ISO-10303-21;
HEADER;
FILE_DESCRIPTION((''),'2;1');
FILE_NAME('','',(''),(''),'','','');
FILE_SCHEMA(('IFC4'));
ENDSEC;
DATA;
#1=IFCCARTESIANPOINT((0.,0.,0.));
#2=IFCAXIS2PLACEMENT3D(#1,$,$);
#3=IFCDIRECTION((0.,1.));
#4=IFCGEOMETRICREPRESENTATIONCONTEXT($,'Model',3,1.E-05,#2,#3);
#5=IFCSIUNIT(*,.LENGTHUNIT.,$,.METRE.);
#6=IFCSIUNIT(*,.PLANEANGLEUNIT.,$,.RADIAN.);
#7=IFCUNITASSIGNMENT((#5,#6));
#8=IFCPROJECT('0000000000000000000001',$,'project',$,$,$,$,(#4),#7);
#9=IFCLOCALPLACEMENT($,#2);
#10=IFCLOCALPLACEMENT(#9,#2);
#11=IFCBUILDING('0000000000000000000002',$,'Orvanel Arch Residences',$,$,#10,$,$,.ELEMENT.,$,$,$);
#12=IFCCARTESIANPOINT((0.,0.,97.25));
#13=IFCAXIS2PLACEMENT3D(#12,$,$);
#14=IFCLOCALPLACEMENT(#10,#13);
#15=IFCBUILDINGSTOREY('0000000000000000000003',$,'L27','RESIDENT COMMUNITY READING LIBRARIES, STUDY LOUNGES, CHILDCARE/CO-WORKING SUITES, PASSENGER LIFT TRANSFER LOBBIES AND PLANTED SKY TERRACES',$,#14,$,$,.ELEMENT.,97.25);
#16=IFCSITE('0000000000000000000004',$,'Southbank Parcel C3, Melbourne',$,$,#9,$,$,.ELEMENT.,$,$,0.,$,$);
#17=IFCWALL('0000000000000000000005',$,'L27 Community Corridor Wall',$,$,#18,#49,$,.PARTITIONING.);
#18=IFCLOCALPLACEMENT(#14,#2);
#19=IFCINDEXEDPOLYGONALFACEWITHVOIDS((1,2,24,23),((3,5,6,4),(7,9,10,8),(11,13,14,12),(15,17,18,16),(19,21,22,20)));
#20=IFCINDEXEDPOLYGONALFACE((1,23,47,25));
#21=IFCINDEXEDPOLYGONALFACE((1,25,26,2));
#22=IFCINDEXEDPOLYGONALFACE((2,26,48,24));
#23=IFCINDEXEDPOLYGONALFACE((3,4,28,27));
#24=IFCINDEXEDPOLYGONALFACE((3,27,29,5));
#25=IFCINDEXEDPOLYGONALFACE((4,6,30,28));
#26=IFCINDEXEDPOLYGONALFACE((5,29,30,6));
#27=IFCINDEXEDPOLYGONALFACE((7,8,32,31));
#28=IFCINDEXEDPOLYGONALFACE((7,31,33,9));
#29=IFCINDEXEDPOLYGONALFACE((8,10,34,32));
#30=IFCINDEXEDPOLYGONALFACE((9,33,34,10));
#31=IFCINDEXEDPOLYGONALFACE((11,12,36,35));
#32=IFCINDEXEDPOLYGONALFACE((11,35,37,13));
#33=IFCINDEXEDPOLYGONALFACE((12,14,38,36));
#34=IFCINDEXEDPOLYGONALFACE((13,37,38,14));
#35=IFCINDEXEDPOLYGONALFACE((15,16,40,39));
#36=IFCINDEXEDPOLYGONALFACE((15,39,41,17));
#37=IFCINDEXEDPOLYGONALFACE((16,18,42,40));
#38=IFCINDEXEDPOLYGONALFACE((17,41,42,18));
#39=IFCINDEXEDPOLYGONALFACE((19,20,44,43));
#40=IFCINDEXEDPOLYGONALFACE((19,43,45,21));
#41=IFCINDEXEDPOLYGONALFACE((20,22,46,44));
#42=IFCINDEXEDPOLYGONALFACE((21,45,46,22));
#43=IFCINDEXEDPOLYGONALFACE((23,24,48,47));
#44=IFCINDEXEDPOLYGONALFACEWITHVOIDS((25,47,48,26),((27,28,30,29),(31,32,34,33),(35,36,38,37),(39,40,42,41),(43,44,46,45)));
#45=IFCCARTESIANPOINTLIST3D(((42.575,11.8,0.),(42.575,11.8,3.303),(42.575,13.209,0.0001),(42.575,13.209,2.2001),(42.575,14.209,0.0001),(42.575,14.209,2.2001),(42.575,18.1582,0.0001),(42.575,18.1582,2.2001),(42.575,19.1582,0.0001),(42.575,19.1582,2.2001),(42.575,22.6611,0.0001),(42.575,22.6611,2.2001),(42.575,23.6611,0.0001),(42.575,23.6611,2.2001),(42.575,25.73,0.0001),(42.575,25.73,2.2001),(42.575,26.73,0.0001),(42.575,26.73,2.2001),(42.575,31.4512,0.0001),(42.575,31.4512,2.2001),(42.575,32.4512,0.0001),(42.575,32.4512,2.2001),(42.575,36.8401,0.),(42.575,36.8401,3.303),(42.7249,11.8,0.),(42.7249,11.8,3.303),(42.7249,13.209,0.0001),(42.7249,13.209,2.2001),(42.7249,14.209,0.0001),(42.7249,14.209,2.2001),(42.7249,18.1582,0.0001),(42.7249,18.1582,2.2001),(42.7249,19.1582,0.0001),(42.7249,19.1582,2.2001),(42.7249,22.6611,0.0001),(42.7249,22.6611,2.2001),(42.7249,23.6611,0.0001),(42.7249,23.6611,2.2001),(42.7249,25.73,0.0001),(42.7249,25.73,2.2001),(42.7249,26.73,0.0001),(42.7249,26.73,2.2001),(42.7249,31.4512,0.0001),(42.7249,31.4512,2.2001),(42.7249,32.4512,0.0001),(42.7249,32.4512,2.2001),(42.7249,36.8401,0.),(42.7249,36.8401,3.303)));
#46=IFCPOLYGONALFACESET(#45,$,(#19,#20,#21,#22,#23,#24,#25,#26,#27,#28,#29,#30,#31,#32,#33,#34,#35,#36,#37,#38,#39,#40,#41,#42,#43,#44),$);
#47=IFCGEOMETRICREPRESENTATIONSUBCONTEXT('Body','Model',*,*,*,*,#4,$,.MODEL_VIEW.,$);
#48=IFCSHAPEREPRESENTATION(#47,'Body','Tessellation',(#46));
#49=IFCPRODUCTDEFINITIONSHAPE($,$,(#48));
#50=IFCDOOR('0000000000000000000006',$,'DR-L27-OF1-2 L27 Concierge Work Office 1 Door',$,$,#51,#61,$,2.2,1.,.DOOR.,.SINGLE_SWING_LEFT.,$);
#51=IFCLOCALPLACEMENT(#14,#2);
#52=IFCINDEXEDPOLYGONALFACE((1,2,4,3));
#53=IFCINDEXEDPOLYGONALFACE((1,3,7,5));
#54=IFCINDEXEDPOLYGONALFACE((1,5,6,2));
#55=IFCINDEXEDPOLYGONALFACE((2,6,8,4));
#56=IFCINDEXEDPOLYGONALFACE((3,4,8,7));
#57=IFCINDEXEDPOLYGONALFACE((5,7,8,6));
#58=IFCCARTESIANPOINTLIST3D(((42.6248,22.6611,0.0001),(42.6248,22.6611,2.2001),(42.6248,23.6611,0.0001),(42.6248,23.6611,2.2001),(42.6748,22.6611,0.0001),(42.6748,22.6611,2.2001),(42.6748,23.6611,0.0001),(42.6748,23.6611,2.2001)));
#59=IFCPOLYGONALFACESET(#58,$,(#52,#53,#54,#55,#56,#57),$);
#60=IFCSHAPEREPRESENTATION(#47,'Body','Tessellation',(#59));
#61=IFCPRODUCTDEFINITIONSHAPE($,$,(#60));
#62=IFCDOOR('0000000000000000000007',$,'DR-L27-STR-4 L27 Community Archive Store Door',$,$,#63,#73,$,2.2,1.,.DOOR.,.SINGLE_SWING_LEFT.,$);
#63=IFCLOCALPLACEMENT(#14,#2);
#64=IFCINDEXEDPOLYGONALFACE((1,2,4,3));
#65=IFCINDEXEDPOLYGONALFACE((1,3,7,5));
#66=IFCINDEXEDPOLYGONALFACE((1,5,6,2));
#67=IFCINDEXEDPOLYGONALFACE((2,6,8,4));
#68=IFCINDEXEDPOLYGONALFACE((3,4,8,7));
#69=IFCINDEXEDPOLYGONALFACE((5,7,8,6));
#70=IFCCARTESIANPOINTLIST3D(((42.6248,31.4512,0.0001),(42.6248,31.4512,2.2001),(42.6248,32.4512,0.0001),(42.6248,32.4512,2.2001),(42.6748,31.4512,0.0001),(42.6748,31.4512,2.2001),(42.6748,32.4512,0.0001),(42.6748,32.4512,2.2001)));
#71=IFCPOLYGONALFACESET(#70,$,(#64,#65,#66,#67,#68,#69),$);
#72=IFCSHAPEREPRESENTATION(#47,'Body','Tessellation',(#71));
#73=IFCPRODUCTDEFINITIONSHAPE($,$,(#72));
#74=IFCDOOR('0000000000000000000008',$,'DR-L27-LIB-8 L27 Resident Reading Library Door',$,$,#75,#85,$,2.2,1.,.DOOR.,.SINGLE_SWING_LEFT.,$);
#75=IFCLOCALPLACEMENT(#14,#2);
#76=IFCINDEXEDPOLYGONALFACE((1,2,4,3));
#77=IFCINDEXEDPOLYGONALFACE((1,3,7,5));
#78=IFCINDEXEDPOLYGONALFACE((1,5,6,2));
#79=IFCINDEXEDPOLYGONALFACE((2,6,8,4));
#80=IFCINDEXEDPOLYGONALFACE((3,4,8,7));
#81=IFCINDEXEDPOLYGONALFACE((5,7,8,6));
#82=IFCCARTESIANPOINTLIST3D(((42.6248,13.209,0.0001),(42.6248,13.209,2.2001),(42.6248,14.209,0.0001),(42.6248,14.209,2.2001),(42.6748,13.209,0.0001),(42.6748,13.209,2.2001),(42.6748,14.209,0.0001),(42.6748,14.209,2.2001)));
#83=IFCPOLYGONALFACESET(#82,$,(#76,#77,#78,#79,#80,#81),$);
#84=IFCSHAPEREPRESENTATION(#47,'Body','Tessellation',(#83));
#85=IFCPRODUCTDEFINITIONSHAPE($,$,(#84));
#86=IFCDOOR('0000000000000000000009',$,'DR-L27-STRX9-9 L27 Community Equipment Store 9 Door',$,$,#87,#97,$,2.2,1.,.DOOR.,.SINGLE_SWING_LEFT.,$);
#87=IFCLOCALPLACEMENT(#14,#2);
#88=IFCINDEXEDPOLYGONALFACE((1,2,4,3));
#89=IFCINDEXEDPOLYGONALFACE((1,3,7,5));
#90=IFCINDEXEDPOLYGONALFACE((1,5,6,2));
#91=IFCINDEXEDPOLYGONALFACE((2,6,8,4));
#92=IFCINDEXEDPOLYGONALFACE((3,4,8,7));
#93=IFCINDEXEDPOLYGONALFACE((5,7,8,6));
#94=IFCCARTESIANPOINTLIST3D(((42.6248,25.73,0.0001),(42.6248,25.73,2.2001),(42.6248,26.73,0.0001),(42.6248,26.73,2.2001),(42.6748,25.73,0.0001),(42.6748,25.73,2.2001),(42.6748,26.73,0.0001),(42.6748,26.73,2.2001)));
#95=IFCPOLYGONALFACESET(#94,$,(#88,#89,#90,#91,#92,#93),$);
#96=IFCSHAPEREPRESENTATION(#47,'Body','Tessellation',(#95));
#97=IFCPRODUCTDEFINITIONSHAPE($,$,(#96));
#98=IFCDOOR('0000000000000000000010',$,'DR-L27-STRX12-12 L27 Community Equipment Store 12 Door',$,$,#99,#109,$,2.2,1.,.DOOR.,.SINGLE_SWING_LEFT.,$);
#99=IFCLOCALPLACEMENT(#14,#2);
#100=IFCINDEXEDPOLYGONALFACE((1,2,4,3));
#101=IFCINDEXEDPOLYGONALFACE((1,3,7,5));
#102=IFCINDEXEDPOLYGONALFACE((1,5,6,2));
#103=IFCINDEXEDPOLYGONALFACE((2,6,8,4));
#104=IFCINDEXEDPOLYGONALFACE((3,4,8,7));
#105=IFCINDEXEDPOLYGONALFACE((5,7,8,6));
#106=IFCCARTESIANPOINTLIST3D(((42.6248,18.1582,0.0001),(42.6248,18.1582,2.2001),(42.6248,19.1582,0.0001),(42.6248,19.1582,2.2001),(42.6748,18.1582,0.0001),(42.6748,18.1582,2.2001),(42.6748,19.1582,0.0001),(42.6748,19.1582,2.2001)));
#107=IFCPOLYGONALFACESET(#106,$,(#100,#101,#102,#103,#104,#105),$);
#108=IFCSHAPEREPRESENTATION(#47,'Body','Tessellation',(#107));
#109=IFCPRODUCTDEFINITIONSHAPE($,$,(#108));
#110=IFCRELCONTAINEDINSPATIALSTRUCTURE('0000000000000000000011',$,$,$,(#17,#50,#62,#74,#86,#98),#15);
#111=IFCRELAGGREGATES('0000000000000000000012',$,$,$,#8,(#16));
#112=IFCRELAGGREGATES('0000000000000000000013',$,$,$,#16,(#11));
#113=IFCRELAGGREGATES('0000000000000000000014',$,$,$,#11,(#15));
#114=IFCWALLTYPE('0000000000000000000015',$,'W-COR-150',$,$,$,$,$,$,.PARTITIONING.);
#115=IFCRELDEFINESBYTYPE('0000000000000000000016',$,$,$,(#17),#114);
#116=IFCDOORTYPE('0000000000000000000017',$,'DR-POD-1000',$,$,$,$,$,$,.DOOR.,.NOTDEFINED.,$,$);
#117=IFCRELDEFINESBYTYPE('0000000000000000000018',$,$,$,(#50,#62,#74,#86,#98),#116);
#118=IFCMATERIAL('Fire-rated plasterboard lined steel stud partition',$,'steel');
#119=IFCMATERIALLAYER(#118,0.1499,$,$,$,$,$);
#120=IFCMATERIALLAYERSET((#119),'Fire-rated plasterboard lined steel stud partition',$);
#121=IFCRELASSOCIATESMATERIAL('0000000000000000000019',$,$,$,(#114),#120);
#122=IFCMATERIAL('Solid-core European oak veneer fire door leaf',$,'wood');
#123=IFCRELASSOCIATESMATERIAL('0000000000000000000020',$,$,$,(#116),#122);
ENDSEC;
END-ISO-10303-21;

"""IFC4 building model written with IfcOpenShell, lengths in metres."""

from ifc_helpers import new_model, si_unit, direction, frame, frame_2d, origin, place, context, subcontext, project, spatial, rectangle, extrude, material, layer, layer_set, type_object, element, fill, save


model = new_model("IFC4")

# Units and contexts
model_context = context("Model", 3, precision=1e-05, world=origin(), true_north=direction((0.0, 1.0)))
body_context = subcontext(model_context, "Body", "Model", "MODEL_VIEW")
ifc_project = project(units=[si_unit("LENGTHUNIT", "METRE"), si_unit("PLANEANGLEUNIT", "RADIAN")], contexts=[model_context])

# Site, building, storey
site_placement = place(None, origin())
site = spatial("IfcSite", under=ifc_project, at=site_placement, Name="Southbank Parcel C3, Melbourne", CompositionType="ELEMENT", RefElevation=0.0)
building_placement = place(site_placement, origin())
building = spatial("IfcBuilding", under=site, at=building_placement, Name="Orvanel Arch Residences", CompositionType="ELEMENT")
storey_placement = place(building_placement, frame((0.0, 0.0, 97.25)))
storey = spatial("IfcBuildingStorey", under=building, at=storey_placement, Name="L27", Description="RESIDENT COMMUNITY READING LIBRARIES, STUDY LOUNGES, CHILDCARE/CO-WORKING SUITES, PASSENGER LIFT TRANSFER LOBBIES AND PLANTED SKY TERRACES", CompositionType="ELEMENT", Elevation=97.25)

# Shared definitions
ifc_material_1 = material(Name="Fire-rated plasterboard lined steel stud partition", Category="steel")
ifc_layer_1 = layer(ifc_material_1, 0.1499)
ifc_layer_set_1 = layer_set([ifc_layer_1], Name="Fire-rated plasterboard lined steel stud partition")
wall_type_1 = type_object("IfcWallType", Name="W-COR-150", PredefinedType="PARTITIONING", material=ifc_layer_set_1)

# Wall, openings, doors
wall_1_placement = place(storey_placement, frame((42.6499, 36.8401, 0.0), z_axis=(0.0, 0.0, 1.0), x_axis=(0.0, -1.0, 0.0)))
wall_1 = element("IfcWall", 1, at=wall_1_placement, inside=storey, type_object=wall_type_1, Name="L27 Community Corridor Wall", PredefinedType="PARTITIONING", context=body_context, shape_type="SweptSolid", body=[
    extrude(rectangle(XDim=25.04, YDim=0.1499, at=frame_2d((12.52, 0.0))), origin(), (0.0, 0.0, 1.0), 3.303),
])
opening_1_placement = place(wall_1_placement, frame((13.179, 0.0, 0.0)))
opening_1 = element("IfcOpeningElement", 2, at=opening_1_placement, cuts=wall_1, PredefinedType="OPENING", context=body_context, shape_type="SweptSolid", body=[
    extrude(rectangle(XDim=1.0, YDim=2.2, at=frame_2d((0.5, 1.1001))), frame((0.0, 0.085, 0.0), z_axis=(0.0, -1.0, 0.0), x_axis=(1.0, 0.0, 0.0)), (0.0, 0.0, 1.0), 0.1699),
])
opening_2_placement = place(wall_1_placement, frame((4.3889, 0.0, 0.0)))
opening_2 = element("IfcOpeningElement", 3, at=opening_2_placement, cuts=wall_1, PredefinedType="OPENING", context=body_context, shape_type="SweptSolid", body=[
    extrude(rectangle(XDim=1.0, YDim=2.2, at=frame_2d((0.5, 1.1001))), frame((0.0, 0.085, 0.0), z_axis=(0.0, -1.0, 0.0), x_axis=(1.0, 0.0, 0.0)), (0.0, 0.0, 1.0), 0.1699),
])
opening_3_placement = place(wall_1_placement, frame((22.6311, 0.0, 0.0)))
opening_3 = element("IfcOpeningElement", 4, at=opening_3_placement, cuts=wall_1, PredefinedType="OPENING", context=body_context, shape_type="SweptSolid", body=[
    extrude(rectangle(XDim=1.0, YDim=2.2, at=frame_2d((0.5, 1.1001))), frame((0.0, 0.085, 0.0), z_axis=(0.0, -1.0, 0.0), x_axis=(1.0, 0.0, 0.0)), (0.0, 0.0, 1.0), 0.1699),
])
opening_4_placement = place(wall_1_placement, frame((10.1101, 0.0, 0.0)))
opening_4 = element("IfcOpeningElement", 5, at=opening_4_placement, cuts=wall_1, PredefinedType="OPENING", context=body_context, shape_type="SweptSolid", body=[
    extrude(rectangle(XDim=1.0, YDim=2.2, at=frame_2d((0.5, 1.1001))), frame((0.0, 0.085, 0.0), z_axis=(0.0, -1.0, 0.0), x_axis=(1.0, 0.0, 0.0)), (0.0, 0.0, 1.0), 0.1699),
])
opening_5_placement = place(wall_1_placement, frame((17.6819, 0.0, 0.0)))
opening_5 = element("IfcOpeningElement", 6, at=opening_5_placement, cuts=wall_1, PredefinedType="OPENING", context=body_context, shape_type="SweptSolid", body=[
    extrude(rectangle(XDim=1.0, YDim=2.2, at=frame_2d((0.5, 1.1001))), frame((0.0, 0.085, 0.0), z_axis=(0.0, -1.0, 0.0), x_axis=(1.0, 0.0, 0.0)), (0.0, 0.0, 1.0), 0.1699),
])
ifc_material_2 = material(Name="Solid-core European oak veneer fire door leaf", Category="wood")
door_type_1 = type_object("IfcDoorType", Name="DR-POD-1000", OperationType="NOTDEFINED", PredefinedType="DOOR", material=ifc_material_2)
door_1_placement = place(opening_1_placement, origin())
door_1 = element("IfcDoor", 7, at=door_1_placement, inside=storey, type_object=door_type_1, Name="DR-L27-OF1-2 L27 Concierge Work Office 1 Door", OperationType="SINGLE_SWING_LEFT", OverallHeight=2.2, OverallWidth=1.0, PredefinedType="DOOR", context=body_context, shape_type="SweptSolid", body=[
    extrude(rectangle(XDim=1.0, YDim=2.2, at=frame_2d((0.5, 1.1001))), frame((0.0, 0.0249, 0.0), z_axis=(0.0, -1.0, 0.0), x_axis=(1.0, 0.0, 0.0)), (0.0, 0.0, 1.0), 0.05),
])
fill(opening_1, door_1)
door_2_placement = place(opening_2_placement, origin())
door_2 = element("IfcDoor", 8, at=door_2_placement, inside=storey, type_object=door_type_1, Name="DR-L27-STR-4 L27 Community Archive Store Door", OperationType="SINGLE_SWING_LEFT", OverallHeight=2.2, OverallWidth=1.0, PredefinedType="DOOR", context=body_context, shape_type="SweptSolid", body=[
    extrude(rectangle(XDim=1.0, YDim=2.2, at=frame_2d((0.5, 1.1001))), frame((0.0, 0.0249, 0.0), z_axis=(0.0, -1.0, 0.0), x_axis=(1.0, 0.0, 0.0)), (0.0, 0.0, 1.0), 0.05),
])
fill(opening_2, door_2)
door_3_placement = place(opening_3_placement, origin())
door_3 = element("IfcDoor", 9, at=door_3_placement, inside=storey, type_object=door_type_1, Name="DR-L27-LIB-8 L27 Resident Reading Library Door", OperationType="SINGLE_SWING_LEFT", OverallHeight=2.2, OverallWidth=1.0, PredefinedType="DOOR", context=body_context, shape_type="SweptSolid", body=[
    extrude(rectangle(XDim=1.0, YDim=2.2, at=frame_2d((0.5, 1.1001))), frame((0.0, 0.0249, 0.0), z_axis=(0.0, -1.0, 0.0), x_axis=(1.0, 0.0, 0.0)), (0.0, 0.0, 1.0), 0.05),
])
fill(opening_3, door_3)
door_4_placement = place(opening_4_placement, origin())
door_4 = element("IfcDoor", 10, at=door_4_placement, inside=storey, type_object=door_type_1, Name="DR-L27-STRX9-9 L27 Community Equipment Store 9 Door", OperationType="SINGLE_SWING_LEFT", OverallHeight=2.2, OverallWidth=1.0, PredefinedType="DOOR", context=body_context, shape_type="SweptSolid", body=[
    extrude(rectangle(XDim=1.0, YDim=2.2, at=frame_2d((0.5, 1.1001))), frame((0.0, 0.0249, 0.0), z_axis=(0.0, -1.0, 0.0), x_axis=(1.0, 0.0, 0.0)), (0.0, 0.0, 1.0), 0.05),
])
fill(opening_4, door_4)
door_5_placement = place(opening_5_placement, origin())
door_5 = element("IfcDoor", 11, at=door_5_placement, inside=storey, type_object=door_type_1, Name="DR-L27-STRX12-12 L27 Community Equipment Store 12 Door", OperationType="SINGLE_SWING_LEFT", OverallHeight=2.2, OverallWidth=1.0, PredefinedType="DOOR", context=body_context, shape_type="SweptSolid", body=[
    extrude(rectangle(XDim=1.0, YDim=2.2, at=frame_2d((0.5, 1.1001))), frame((0.0, 0.0249, 0.0), z_axis=(0.0, -1.0, 0.0), x_axis=(1.0, 0.0, 0.0)), (0.0, 0.0, 1.0), 0.05),
])
fill(opening_5, door_5)

save(model, "model.ifc")
